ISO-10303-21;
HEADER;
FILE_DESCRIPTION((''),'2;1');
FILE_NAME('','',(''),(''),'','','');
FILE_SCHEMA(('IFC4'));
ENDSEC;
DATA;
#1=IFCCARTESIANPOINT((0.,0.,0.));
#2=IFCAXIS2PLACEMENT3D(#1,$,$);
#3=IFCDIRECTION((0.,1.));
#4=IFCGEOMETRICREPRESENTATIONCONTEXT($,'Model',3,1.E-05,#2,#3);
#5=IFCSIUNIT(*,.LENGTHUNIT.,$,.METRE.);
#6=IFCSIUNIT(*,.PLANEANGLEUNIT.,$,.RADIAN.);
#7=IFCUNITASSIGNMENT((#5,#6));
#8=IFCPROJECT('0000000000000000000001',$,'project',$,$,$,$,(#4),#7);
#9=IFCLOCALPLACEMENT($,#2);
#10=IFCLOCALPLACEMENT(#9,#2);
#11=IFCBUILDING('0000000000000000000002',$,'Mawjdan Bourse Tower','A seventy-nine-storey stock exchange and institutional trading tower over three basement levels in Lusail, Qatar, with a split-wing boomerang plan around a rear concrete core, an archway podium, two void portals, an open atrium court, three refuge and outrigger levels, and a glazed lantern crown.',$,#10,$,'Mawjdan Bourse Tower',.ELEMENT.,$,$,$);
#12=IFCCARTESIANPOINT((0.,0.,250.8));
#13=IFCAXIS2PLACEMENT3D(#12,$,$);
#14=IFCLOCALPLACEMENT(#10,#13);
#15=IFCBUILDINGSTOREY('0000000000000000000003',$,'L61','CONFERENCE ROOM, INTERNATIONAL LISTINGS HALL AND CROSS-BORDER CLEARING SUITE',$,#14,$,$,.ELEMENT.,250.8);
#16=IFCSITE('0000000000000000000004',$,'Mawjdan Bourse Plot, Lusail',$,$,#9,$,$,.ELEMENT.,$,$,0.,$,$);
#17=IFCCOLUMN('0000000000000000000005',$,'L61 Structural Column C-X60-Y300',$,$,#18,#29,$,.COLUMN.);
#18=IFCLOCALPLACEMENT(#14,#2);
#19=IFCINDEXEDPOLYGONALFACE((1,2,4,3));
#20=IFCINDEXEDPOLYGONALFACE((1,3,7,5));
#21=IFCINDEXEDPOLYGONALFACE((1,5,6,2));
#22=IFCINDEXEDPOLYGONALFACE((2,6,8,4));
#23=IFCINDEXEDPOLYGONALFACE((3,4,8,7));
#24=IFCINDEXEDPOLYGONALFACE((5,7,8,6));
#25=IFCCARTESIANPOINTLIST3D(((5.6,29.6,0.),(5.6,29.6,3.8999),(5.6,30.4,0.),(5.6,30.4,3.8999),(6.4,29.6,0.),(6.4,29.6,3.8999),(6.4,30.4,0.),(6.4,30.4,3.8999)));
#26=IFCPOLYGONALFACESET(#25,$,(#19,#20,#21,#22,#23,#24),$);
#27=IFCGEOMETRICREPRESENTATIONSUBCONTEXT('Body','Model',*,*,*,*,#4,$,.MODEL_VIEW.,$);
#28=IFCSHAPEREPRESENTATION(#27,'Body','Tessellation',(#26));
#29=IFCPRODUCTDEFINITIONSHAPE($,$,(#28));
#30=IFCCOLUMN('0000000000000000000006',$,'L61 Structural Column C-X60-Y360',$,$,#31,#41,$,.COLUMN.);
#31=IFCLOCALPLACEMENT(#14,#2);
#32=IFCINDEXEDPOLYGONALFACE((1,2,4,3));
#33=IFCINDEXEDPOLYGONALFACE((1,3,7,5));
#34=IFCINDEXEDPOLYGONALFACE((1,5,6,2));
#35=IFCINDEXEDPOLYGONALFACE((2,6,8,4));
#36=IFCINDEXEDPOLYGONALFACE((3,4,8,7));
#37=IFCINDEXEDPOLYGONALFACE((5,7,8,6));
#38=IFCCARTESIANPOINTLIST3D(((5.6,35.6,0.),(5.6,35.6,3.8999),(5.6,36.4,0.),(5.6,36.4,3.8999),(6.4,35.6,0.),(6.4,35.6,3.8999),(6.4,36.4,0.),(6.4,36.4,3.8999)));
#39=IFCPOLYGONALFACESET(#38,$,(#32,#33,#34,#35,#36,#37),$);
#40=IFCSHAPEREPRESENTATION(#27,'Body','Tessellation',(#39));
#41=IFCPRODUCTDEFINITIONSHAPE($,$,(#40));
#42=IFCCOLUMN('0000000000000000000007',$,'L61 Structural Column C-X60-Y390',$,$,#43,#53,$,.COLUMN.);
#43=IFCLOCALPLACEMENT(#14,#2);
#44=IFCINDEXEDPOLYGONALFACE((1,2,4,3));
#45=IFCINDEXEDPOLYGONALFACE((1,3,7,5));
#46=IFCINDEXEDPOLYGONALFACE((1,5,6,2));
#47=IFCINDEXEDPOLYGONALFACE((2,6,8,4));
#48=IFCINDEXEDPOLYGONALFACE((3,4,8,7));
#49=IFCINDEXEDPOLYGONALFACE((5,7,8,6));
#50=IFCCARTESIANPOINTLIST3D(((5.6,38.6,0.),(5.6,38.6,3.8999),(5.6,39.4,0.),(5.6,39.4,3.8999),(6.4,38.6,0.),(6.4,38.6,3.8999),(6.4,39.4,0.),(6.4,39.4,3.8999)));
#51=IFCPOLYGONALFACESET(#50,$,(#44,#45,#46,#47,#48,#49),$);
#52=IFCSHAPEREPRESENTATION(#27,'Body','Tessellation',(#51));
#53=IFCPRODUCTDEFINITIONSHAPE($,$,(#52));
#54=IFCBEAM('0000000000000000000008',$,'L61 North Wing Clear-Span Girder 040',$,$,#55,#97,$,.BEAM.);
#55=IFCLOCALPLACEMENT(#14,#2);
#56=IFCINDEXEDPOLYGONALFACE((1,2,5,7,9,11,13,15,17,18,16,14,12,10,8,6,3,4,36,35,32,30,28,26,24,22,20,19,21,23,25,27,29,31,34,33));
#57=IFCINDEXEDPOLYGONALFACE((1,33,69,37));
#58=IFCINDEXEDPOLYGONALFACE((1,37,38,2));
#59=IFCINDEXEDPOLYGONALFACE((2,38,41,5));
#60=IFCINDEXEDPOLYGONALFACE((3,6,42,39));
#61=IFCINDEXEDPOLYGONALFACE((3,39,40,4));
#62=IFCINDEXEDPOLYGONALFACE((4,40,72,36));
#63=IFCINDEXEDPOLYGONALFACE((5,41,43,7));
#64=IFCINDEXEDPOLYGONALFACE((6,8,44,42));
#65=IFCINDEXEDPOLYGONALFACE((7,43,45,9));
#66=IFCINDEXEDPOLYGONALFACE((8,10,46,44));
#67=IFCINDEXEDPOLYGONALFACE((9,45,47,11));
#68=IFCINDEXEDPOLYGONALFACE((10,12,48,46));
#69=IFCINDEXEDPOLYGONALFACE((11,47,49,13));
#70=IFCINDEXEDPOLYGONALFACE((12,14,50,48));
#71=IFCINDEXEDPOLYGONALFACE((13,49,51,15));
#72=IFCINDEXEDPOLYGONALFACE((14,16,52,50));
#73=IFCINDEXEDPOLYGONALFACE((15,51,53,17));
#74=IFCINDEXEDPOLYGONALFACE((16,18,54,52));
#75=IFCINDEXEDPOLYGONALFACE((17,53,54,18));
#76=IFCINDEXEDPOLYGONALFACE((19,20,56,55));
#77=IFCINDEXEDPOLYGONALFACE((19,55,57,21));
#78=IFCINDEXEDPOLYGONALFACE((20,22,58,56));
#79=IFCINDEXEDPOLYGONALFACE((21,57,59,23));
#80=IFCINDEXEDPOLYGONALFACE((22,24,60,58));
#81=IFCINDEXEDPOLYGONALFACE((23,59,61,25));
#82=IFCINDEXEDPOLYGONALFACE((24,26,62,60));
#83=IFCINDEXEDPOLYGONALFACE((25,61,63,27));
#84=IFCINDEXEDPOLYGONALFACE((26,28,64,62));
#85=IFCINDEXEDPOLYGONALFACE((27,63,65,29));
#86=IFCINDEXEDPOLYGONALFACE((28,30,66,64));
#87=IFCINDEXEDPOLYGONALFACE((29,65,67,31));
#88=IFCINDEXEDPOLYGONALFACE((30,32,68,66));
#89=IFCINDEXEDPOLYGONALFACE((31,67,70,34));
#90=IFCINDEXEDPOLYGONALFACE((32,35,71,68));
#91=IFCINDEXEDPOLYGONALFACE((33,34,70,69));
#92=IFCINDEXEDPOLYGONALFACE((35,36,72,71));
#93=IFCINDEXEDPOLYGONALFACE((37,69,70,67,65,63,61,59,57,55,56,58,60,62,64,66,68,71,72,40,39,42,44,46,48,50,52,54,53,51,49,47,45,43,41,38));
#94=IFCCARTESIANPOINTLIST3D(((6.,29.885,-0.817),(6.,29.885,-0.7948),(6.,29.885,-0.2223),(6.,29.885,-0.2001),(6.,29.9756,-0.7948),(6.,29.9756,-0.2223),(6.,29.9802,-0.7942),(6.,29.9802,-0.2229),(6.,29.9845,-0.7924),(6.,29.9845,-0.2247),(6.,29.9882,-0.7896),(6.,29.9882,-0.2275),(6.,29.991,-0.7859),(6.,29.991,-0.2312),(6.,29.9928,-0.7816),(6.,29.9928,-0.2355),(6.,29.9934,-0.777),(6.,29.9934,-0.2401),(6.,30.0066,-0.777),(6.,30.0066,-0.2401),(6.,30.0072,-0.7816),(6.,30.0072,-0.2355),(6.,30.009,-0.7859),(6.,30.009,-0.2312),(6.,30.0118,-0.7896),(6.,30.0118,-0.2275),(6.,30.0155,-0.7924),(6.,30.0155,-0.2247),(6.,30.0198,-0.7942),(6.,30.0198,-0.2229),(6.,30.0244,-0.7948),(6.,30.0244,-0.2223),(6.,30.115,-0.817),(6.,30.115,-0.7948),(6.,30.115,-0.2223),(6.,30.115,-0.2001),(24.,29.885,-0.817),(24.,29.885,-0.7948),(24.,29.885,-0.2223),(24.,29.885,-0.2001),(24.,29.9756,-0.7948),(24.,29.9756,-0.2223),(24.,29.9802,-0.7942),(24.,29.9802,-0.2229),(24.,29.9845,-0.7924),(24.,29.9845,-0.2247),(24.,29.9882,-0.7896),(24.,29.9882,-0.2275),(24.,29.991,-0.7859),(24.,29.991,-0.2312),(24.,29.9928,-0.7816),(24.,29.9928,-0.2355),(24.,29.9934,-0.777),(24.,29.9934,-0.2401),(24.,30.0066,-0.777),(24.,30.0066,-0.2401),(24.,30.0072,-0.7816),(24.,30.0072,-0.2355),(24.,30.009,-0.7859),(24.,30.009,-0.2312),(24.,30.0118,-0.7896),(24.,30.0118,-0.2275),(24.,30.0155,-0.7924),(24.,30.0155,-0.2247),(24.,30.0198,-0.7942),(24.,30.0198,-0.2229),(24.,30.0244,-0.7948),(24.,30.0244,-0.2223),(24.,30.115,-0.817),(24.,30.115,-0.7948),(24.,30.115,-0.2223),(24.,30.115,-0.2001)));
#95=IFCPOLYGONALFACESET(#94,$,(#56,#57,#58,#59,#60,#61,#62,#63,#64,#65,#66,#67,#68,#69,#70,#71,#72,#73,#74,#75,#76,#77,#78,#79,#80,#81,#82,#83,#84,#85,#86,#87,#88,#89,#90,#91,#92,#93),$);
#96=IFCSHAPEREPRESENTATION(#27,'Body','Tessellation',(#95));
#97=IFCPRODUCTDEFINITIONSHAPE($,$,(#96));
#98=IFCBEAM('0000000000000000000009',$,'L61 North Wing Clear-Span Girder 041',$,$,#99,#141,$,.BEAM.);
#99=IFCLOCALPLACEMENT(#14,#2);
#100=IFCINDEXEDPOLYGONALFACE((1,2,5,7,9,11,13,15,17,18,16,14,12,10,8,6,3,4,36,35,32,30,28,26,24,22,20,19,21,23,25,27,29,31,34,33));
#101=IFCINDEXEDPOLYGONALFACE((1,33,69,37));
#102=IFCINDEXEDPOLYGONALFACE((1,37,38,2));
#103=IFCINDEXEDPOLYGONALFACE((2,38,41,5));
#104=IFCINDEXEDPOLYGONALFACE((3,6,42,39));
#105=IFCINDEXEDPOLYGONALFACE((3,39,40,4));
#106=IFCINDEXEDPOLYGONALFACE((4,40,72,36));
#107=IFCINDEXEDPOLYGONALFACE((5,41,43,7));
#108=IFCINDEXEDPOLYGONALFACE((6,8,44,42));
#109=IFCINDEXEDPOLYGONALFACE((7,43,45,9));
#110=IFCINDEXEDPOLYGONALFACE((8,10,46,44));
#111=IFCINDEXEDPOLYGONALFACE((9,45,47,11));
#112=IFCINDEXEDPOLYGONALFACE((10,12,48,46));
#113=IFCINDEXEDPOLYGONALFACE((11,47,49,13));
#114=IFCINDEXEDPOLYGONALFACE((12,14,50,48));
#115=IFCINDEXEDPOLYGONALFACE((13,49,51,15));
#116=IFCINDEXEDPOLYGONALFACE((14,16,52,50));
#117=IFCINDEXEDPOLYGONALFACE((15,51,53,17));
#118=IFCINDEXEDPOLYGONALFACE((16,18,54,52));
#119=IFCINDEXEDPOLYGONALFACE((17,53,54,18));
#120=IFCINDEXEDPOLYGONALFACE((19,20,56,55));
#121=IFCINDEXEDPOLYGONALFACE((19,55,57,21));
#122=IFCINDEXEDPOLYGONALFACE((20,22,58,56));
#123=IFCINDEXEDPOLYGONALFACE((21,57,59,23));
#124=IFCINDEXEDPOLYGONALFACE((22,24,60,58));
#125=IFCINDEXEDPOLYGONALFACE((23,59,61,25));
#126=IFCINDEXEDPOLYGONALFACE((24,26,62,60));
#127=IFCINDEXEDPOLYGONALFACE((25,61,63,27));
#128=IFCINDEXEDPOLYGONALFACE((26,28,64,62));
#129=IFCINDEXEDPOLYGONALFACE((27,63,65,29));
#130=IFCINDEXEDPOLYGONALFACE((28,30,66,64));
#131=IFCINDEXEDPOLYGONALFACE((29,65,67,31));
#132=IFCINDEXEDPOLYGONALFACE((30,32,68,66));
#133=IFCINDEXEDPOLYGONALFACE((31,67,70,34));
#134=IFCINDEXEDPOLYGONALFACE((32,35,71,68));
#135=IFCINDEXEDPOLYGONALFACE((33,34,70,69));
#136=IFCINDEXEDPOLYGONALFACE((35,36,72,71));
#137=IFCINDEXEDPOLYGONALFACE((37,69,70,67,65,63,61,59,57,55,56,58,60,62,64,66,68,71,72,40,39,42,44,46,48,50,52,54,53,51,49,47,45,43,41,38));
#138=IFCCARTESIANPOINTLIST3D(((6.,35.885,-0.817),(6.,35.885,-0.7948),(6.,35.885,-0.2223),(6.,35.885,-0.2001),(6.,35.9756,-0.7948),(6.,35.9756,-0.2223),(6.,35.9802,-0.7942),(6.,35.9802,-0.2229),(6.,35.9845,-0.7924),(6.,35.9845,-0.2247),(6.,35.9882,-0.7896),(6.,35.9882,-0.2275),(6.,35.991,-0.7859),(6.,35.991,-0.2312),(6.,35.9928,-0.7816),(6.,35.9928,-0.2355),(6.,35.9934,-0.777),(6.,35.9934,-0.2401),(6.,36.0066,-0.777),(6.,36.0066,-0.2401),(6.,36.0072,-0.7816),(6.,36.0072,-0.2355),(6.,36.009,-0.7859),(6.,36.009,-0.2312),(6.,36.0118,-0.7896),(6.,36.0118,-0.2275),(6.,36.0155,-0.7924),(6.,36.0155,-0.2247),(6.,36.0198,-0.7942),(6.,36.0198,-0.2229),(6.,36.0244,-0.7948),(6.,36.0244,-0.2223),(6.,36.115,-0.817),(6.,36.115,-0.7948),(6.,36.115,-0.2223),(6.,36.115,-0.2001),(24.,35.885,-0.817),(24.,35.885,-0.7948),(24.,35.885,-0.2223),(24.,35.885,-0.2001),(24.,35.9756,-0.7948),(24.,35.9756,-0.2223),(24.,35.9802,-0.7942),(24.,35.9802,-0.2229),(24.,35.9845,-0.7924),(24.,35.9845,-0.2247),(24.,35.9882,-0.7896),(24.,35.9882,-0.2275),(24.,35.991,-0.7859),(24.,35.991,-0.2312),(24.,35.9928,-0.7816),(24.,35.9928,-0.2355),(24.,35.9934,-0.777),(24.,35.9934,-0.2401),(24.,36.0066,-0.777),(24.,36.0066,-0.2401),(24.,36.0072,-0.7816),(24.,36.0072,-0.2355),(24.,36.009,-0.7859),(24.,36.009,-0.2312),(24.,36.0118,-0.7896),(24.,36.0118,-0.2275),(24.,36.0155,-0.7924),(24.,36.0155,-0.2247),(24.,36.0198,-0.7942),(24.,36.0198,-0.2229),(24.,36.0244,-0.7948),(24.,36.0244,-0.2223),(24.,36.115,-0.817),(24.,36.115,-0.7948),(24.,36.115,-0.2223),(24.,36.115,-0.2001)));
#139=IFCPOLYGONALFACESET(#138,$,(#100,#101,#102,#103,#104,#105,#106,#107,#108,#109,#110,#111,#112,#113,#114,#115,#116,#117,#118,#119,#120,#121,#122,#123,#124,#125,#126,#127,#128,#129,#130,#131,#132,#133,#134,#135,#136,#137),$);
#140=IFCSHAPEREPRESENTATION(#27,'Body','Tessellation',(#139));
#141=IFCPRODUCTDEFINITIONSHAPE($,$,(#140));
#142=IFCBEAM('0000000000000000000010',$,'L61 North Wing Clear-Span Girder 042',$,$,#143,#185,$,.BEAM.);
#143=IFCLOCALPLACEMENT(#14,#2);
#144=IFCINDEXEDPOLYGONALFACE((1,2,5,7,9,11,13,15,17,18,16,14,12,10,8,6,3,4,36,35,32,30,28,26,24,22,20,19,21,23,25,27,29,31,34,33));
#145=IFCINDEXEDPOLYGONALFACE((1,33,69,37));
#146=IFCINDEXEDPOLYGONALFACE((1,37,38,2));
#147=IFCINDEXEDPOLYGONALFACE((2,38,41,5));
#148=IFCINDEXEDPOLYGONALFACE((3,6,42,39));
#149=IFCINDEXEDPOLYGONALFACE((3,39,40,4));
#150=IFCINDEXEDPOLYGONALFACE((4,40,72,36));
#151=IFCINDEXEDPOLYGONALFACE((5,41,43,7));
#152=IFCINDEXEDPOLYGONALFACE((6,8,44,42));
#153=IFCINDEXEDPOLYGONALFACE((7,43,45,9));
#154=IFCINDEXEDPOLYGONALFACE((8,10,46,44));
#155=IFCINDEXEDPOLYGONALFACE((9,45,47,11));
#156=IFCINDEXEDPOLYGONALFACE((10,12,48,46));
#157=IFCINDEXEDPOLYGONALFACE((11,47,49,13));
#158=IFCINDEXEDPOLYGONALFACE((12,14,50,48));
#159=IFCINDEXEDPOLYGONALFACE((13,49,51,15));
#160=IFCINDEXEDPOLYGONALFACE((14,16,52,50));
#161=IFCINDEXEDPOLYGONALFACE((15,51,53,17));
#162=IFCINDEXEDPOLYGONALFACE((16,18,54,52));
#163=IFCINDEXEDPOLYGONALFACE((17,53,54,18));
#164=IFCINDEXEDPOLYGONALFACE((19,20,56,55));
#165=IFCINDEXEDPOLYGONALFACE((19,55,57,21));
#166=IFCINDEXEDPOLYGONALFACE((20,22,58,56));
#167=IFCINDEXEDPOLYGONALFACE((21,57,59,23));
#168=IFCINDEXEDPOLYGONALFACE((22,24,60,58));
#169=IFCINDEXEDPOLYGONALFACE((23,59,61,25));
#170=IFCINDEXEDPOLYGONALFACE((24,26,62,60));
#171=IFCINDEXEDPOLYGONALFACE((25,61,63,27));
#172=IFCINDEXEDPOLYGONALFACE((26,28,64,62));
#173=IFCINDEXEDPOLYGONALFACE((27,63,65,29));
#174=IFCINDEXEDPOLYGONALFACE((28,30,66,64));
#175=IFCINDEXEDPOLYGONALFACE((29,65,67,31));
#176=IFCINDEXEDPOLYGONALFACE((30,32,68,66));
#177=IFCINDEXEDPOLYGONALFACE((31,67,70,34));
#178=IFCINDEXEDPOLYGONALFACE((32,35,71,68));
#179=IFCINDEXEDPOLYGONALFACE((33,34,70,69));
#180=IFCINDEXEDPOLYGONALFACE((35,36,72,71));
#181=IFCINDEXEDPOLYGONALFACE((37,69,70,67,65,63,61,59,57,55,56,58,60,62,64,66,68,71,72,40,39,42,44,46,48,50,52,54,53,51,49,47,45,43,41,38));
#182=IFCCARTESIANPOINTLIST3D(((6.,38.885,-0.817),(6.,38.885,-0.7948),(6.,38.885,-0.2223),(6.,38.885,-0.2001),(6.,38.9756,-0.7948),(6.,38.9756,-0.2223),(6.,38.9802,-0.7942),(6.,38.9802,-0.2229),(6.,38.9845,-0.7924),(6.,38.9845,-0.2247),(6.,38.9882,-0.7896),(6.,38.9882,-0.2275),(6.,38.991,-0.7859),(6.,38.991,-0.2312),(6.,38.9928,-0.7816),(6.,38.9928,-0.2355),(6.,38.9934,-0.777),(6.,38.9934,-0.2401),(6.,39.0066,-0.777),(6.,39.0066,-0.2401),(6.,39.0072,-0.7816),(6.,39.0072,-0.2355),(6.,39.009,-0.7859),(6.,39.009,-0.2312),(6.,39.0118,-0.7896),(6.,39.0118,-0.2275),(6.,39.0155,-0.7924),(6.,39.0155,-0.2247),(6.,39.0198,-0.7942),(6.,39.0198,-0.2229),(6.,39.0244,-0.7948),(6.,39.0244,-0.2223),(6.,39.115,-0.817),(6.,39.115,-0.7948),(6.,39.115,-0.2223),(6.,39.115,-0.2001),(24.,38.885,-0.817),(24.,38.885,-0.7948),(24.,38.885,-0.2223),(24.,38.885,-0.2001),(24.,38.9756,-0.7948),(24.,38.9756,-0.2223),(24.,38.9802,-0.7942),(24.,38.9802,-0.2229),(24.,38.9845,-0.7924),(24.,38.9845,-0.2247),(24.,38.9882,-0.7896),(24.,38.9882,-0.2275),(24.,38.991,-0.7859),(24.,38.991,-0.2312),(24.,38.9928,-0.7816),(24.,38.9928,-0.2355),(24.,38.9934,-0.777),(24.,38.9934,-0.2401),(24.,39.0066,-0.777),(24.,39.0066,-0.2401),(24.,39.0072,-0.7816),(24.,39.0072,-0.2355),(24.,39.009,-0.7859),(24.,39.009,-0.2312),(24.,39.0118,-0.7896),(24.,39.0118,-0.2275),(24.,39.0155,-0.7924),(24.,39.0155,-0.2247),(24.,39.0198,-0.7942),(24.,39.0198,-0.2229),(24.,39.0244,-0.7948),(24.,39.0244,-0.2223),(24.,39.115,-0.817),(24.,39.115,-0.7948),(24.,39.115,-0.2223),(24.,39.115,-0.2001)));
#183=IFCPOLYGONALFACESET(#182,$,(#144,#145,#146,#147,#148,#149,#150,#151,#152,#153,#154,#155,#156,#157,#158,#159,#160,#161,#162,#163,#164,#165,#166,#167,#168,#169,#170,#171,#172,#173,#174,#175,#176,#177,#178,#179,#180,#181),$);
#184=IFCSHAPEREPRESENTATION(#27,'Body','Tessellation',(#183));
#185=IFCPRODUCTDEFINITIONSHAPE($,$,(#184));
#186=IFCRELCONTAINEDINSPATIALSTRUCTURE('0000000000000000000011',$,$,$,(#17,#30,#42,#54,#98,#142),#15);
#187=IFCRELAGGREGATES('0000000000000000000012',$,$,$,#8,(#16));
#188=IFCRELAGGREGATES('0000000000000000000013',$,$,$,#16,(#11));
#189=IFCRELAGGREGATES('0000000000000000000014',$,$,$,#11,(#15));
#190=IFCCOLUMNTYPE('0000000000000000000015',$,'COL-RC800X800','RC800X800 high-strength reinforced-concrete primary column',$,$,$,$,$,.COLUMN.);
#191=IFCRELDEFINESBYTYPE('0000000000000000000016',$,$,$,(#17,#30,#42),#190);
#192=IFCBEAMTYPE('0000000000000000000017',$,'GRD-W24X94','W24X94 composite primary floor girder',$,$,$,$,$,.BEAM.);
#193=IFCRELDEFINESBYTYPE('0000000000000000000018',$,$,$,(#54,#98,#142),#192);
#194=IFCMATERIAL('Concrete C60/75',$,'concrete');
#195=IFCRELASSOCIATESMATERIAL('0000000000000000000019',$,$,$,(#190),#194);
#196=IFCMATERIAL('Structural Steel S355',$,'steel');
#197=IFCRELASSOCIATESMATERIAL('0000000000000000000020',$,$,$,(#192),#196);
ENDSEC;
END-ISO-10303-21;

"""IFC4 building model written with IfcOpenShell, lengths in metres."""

from ifc_helpers import new_model, si_unit, direction, frame, origin, origin_2d, place, context, subcontext, project, spatial, rectangle, i_section, extrude, material, material_profile, profile_set, type_object, element, save


model = new_model("IFC4")

# Units and contexts
model_context = context("Model", 3, precision=1e-05, world=origin(), true_north=direction((0.0, 1.0)))
body_context = subcontext(model_context, "Body", "Model", "MODEL_VIEW")
ifc_project = project(units=[si_unit("LENGTHUNIT", "METRE"), si_unit("PLANEANGLEUNIT", "RADIAN")], contexts=[model_context])

# Site, building, storey
site_placement = place(None, origin())
site = spatial("IfcSite", under=ifc_project, at=site_placement, Name="Mawjdan Bourse Plot, Lusail", CompositionType="ELEMENT", RefElevation=0.0)
building_placement = place(site_placement, origin())
building = spatial("IfcBuilding", under=site, at=building_placement, Name="Mawjdan Bourse Tower", Description="A seventy-nine-storey stock exchange and institutional trading tower over three basement levels in Lusail, Qatar, with a split-wing boomerang plan around a rear concrete core, an archway podium, two void portals, an open atrium court, three refuge and outrigger levels, and a glazed lantern crown.", LongName="Mawjdan Bourse Tower", CompositionType="ELEMENT")
storey_placement = place(building_placement, frame((0.0, 0.0, 250.8)))
storey = spatial("IfcBuildingStorey", under=building, at=storey_placement, Name="L61", Description="CONFERENCE ROOM, INTERNATIONAL LISTINGS HALL AND CROSS-BORDER CLEARING SUITE", CompositionType="ELEMENT", Elevation=250.8)

# Columns
ifc_material_1 = material(Name="Concrete C60/75", Category="concrete")
ifc_material_profile_1 = material_profile(ifc_material_1, rectangle(XDim=0.8, YDim=0.8, at=origin_2d()), Name="RC800X800")
ifc_profile_set_1 = profile_set([ifc_material_profile_1], Name="Concrete C60/75")
column_type = type_object("IfcColumnType", Name="COL-RC800X800", Description="RC800X800 high-strength reinforced-concrete primary column", PredefinedType="COLUMN", material=ifc_profile_set_1)
for number, where, z_axis, x_axis, name in (
    (1, (6.0, 30.0, 0.0), (0.0, 0.0, 1.0), (1.0, 0.0, 0.0), "L61 Structural Column C-X60-Y300"),
    (2, (6.0, 36.0, 0.0), (0.0, 0.0, 1.0), (1.0, 0.0, 0.0), "L61 Structural Column C-X60-Y360"),
    (3, (6.0, 39.0, 0.0), (0.0, 0.0, 1.0), (1.0, 0.0, 0.0), "L61 Structural Column C-X60-Y390"),
):
    element("IfcColumn", number, at=place(storey_placement, frame(where, z_axis=z_axis, x_axis=x_axis)), inside=storey, type_object=column_type, Name=name, PredefinedType="COLUMN", context=body_context, shape_type="SweptSolid", body=[
        extrude(rectangle(XDim=0.8, YDim=0.8, at=origin_2d()), origin(), (0.0, 0.0, 1.0), 3.8999),
    ])

# Beams
ifc_material_2 = material(Name="Structural Steel S355", Category="steel")
ifc_material_profile_2 = material_profile(ifc_material_2, i_section(OverallWidth=0.23, OverallDepth=0.6169, WebThickness=0.0132, FlangeThickness=0.0222, FilletRadius=0.0178, at=origin_2d()), Name="W24X94")
ifc_profile_set_2 = profile_set([ifc_material_profile_2], Name="Structural Steel S355")
beam_type_1 = type_object("IfcBeamType", Name="GRD-W24X94", Description="W24X94 composite primary floor girder", PredefinedType="BEAM", material=ifc_profile_set_2)
for number, where, z_axis, x_axis, name in (
    (4, (6.0, 30.0, -0.5085), (1.0, 0.0, 0.0), (0.0, 1.0, 0.0), "L61 North Wing Clear-Span Girder 040"),
    (5, (6.0, 36.0, -0.5085), (1.0, 0.0, 0.0), (0.0, 1.0, 0.0), "L61 North Wing Clear-Span Girder 041"),
    (6, (6.0, 39.0, -0.5085), (1.0, 0.0, 0.0), (0.0, 1.0, 0.0), "L61 North Wing Clear-Span Girder 042"),
):
    element("IfcBeam", number, at=place(storey_placement, frame(where, z_axis=z_axis, x_axis=x_axis)), inside=storey, type_object=beam_type_1, Name=name, PredefinedType="BEAM", context=body_context, shape_type="SweptSolid", body=[
        extrude(i_section(OverallWidth=0.23, OverallDepth=0.6169, WebThickness=0.0132, FlangeThickness=0.0222, FilletRadius=0.0178, at=origin_2d()), origin(), (0.0, 0.0, 1.0), 18.0),
    ])

save(model, "model.ifc")
